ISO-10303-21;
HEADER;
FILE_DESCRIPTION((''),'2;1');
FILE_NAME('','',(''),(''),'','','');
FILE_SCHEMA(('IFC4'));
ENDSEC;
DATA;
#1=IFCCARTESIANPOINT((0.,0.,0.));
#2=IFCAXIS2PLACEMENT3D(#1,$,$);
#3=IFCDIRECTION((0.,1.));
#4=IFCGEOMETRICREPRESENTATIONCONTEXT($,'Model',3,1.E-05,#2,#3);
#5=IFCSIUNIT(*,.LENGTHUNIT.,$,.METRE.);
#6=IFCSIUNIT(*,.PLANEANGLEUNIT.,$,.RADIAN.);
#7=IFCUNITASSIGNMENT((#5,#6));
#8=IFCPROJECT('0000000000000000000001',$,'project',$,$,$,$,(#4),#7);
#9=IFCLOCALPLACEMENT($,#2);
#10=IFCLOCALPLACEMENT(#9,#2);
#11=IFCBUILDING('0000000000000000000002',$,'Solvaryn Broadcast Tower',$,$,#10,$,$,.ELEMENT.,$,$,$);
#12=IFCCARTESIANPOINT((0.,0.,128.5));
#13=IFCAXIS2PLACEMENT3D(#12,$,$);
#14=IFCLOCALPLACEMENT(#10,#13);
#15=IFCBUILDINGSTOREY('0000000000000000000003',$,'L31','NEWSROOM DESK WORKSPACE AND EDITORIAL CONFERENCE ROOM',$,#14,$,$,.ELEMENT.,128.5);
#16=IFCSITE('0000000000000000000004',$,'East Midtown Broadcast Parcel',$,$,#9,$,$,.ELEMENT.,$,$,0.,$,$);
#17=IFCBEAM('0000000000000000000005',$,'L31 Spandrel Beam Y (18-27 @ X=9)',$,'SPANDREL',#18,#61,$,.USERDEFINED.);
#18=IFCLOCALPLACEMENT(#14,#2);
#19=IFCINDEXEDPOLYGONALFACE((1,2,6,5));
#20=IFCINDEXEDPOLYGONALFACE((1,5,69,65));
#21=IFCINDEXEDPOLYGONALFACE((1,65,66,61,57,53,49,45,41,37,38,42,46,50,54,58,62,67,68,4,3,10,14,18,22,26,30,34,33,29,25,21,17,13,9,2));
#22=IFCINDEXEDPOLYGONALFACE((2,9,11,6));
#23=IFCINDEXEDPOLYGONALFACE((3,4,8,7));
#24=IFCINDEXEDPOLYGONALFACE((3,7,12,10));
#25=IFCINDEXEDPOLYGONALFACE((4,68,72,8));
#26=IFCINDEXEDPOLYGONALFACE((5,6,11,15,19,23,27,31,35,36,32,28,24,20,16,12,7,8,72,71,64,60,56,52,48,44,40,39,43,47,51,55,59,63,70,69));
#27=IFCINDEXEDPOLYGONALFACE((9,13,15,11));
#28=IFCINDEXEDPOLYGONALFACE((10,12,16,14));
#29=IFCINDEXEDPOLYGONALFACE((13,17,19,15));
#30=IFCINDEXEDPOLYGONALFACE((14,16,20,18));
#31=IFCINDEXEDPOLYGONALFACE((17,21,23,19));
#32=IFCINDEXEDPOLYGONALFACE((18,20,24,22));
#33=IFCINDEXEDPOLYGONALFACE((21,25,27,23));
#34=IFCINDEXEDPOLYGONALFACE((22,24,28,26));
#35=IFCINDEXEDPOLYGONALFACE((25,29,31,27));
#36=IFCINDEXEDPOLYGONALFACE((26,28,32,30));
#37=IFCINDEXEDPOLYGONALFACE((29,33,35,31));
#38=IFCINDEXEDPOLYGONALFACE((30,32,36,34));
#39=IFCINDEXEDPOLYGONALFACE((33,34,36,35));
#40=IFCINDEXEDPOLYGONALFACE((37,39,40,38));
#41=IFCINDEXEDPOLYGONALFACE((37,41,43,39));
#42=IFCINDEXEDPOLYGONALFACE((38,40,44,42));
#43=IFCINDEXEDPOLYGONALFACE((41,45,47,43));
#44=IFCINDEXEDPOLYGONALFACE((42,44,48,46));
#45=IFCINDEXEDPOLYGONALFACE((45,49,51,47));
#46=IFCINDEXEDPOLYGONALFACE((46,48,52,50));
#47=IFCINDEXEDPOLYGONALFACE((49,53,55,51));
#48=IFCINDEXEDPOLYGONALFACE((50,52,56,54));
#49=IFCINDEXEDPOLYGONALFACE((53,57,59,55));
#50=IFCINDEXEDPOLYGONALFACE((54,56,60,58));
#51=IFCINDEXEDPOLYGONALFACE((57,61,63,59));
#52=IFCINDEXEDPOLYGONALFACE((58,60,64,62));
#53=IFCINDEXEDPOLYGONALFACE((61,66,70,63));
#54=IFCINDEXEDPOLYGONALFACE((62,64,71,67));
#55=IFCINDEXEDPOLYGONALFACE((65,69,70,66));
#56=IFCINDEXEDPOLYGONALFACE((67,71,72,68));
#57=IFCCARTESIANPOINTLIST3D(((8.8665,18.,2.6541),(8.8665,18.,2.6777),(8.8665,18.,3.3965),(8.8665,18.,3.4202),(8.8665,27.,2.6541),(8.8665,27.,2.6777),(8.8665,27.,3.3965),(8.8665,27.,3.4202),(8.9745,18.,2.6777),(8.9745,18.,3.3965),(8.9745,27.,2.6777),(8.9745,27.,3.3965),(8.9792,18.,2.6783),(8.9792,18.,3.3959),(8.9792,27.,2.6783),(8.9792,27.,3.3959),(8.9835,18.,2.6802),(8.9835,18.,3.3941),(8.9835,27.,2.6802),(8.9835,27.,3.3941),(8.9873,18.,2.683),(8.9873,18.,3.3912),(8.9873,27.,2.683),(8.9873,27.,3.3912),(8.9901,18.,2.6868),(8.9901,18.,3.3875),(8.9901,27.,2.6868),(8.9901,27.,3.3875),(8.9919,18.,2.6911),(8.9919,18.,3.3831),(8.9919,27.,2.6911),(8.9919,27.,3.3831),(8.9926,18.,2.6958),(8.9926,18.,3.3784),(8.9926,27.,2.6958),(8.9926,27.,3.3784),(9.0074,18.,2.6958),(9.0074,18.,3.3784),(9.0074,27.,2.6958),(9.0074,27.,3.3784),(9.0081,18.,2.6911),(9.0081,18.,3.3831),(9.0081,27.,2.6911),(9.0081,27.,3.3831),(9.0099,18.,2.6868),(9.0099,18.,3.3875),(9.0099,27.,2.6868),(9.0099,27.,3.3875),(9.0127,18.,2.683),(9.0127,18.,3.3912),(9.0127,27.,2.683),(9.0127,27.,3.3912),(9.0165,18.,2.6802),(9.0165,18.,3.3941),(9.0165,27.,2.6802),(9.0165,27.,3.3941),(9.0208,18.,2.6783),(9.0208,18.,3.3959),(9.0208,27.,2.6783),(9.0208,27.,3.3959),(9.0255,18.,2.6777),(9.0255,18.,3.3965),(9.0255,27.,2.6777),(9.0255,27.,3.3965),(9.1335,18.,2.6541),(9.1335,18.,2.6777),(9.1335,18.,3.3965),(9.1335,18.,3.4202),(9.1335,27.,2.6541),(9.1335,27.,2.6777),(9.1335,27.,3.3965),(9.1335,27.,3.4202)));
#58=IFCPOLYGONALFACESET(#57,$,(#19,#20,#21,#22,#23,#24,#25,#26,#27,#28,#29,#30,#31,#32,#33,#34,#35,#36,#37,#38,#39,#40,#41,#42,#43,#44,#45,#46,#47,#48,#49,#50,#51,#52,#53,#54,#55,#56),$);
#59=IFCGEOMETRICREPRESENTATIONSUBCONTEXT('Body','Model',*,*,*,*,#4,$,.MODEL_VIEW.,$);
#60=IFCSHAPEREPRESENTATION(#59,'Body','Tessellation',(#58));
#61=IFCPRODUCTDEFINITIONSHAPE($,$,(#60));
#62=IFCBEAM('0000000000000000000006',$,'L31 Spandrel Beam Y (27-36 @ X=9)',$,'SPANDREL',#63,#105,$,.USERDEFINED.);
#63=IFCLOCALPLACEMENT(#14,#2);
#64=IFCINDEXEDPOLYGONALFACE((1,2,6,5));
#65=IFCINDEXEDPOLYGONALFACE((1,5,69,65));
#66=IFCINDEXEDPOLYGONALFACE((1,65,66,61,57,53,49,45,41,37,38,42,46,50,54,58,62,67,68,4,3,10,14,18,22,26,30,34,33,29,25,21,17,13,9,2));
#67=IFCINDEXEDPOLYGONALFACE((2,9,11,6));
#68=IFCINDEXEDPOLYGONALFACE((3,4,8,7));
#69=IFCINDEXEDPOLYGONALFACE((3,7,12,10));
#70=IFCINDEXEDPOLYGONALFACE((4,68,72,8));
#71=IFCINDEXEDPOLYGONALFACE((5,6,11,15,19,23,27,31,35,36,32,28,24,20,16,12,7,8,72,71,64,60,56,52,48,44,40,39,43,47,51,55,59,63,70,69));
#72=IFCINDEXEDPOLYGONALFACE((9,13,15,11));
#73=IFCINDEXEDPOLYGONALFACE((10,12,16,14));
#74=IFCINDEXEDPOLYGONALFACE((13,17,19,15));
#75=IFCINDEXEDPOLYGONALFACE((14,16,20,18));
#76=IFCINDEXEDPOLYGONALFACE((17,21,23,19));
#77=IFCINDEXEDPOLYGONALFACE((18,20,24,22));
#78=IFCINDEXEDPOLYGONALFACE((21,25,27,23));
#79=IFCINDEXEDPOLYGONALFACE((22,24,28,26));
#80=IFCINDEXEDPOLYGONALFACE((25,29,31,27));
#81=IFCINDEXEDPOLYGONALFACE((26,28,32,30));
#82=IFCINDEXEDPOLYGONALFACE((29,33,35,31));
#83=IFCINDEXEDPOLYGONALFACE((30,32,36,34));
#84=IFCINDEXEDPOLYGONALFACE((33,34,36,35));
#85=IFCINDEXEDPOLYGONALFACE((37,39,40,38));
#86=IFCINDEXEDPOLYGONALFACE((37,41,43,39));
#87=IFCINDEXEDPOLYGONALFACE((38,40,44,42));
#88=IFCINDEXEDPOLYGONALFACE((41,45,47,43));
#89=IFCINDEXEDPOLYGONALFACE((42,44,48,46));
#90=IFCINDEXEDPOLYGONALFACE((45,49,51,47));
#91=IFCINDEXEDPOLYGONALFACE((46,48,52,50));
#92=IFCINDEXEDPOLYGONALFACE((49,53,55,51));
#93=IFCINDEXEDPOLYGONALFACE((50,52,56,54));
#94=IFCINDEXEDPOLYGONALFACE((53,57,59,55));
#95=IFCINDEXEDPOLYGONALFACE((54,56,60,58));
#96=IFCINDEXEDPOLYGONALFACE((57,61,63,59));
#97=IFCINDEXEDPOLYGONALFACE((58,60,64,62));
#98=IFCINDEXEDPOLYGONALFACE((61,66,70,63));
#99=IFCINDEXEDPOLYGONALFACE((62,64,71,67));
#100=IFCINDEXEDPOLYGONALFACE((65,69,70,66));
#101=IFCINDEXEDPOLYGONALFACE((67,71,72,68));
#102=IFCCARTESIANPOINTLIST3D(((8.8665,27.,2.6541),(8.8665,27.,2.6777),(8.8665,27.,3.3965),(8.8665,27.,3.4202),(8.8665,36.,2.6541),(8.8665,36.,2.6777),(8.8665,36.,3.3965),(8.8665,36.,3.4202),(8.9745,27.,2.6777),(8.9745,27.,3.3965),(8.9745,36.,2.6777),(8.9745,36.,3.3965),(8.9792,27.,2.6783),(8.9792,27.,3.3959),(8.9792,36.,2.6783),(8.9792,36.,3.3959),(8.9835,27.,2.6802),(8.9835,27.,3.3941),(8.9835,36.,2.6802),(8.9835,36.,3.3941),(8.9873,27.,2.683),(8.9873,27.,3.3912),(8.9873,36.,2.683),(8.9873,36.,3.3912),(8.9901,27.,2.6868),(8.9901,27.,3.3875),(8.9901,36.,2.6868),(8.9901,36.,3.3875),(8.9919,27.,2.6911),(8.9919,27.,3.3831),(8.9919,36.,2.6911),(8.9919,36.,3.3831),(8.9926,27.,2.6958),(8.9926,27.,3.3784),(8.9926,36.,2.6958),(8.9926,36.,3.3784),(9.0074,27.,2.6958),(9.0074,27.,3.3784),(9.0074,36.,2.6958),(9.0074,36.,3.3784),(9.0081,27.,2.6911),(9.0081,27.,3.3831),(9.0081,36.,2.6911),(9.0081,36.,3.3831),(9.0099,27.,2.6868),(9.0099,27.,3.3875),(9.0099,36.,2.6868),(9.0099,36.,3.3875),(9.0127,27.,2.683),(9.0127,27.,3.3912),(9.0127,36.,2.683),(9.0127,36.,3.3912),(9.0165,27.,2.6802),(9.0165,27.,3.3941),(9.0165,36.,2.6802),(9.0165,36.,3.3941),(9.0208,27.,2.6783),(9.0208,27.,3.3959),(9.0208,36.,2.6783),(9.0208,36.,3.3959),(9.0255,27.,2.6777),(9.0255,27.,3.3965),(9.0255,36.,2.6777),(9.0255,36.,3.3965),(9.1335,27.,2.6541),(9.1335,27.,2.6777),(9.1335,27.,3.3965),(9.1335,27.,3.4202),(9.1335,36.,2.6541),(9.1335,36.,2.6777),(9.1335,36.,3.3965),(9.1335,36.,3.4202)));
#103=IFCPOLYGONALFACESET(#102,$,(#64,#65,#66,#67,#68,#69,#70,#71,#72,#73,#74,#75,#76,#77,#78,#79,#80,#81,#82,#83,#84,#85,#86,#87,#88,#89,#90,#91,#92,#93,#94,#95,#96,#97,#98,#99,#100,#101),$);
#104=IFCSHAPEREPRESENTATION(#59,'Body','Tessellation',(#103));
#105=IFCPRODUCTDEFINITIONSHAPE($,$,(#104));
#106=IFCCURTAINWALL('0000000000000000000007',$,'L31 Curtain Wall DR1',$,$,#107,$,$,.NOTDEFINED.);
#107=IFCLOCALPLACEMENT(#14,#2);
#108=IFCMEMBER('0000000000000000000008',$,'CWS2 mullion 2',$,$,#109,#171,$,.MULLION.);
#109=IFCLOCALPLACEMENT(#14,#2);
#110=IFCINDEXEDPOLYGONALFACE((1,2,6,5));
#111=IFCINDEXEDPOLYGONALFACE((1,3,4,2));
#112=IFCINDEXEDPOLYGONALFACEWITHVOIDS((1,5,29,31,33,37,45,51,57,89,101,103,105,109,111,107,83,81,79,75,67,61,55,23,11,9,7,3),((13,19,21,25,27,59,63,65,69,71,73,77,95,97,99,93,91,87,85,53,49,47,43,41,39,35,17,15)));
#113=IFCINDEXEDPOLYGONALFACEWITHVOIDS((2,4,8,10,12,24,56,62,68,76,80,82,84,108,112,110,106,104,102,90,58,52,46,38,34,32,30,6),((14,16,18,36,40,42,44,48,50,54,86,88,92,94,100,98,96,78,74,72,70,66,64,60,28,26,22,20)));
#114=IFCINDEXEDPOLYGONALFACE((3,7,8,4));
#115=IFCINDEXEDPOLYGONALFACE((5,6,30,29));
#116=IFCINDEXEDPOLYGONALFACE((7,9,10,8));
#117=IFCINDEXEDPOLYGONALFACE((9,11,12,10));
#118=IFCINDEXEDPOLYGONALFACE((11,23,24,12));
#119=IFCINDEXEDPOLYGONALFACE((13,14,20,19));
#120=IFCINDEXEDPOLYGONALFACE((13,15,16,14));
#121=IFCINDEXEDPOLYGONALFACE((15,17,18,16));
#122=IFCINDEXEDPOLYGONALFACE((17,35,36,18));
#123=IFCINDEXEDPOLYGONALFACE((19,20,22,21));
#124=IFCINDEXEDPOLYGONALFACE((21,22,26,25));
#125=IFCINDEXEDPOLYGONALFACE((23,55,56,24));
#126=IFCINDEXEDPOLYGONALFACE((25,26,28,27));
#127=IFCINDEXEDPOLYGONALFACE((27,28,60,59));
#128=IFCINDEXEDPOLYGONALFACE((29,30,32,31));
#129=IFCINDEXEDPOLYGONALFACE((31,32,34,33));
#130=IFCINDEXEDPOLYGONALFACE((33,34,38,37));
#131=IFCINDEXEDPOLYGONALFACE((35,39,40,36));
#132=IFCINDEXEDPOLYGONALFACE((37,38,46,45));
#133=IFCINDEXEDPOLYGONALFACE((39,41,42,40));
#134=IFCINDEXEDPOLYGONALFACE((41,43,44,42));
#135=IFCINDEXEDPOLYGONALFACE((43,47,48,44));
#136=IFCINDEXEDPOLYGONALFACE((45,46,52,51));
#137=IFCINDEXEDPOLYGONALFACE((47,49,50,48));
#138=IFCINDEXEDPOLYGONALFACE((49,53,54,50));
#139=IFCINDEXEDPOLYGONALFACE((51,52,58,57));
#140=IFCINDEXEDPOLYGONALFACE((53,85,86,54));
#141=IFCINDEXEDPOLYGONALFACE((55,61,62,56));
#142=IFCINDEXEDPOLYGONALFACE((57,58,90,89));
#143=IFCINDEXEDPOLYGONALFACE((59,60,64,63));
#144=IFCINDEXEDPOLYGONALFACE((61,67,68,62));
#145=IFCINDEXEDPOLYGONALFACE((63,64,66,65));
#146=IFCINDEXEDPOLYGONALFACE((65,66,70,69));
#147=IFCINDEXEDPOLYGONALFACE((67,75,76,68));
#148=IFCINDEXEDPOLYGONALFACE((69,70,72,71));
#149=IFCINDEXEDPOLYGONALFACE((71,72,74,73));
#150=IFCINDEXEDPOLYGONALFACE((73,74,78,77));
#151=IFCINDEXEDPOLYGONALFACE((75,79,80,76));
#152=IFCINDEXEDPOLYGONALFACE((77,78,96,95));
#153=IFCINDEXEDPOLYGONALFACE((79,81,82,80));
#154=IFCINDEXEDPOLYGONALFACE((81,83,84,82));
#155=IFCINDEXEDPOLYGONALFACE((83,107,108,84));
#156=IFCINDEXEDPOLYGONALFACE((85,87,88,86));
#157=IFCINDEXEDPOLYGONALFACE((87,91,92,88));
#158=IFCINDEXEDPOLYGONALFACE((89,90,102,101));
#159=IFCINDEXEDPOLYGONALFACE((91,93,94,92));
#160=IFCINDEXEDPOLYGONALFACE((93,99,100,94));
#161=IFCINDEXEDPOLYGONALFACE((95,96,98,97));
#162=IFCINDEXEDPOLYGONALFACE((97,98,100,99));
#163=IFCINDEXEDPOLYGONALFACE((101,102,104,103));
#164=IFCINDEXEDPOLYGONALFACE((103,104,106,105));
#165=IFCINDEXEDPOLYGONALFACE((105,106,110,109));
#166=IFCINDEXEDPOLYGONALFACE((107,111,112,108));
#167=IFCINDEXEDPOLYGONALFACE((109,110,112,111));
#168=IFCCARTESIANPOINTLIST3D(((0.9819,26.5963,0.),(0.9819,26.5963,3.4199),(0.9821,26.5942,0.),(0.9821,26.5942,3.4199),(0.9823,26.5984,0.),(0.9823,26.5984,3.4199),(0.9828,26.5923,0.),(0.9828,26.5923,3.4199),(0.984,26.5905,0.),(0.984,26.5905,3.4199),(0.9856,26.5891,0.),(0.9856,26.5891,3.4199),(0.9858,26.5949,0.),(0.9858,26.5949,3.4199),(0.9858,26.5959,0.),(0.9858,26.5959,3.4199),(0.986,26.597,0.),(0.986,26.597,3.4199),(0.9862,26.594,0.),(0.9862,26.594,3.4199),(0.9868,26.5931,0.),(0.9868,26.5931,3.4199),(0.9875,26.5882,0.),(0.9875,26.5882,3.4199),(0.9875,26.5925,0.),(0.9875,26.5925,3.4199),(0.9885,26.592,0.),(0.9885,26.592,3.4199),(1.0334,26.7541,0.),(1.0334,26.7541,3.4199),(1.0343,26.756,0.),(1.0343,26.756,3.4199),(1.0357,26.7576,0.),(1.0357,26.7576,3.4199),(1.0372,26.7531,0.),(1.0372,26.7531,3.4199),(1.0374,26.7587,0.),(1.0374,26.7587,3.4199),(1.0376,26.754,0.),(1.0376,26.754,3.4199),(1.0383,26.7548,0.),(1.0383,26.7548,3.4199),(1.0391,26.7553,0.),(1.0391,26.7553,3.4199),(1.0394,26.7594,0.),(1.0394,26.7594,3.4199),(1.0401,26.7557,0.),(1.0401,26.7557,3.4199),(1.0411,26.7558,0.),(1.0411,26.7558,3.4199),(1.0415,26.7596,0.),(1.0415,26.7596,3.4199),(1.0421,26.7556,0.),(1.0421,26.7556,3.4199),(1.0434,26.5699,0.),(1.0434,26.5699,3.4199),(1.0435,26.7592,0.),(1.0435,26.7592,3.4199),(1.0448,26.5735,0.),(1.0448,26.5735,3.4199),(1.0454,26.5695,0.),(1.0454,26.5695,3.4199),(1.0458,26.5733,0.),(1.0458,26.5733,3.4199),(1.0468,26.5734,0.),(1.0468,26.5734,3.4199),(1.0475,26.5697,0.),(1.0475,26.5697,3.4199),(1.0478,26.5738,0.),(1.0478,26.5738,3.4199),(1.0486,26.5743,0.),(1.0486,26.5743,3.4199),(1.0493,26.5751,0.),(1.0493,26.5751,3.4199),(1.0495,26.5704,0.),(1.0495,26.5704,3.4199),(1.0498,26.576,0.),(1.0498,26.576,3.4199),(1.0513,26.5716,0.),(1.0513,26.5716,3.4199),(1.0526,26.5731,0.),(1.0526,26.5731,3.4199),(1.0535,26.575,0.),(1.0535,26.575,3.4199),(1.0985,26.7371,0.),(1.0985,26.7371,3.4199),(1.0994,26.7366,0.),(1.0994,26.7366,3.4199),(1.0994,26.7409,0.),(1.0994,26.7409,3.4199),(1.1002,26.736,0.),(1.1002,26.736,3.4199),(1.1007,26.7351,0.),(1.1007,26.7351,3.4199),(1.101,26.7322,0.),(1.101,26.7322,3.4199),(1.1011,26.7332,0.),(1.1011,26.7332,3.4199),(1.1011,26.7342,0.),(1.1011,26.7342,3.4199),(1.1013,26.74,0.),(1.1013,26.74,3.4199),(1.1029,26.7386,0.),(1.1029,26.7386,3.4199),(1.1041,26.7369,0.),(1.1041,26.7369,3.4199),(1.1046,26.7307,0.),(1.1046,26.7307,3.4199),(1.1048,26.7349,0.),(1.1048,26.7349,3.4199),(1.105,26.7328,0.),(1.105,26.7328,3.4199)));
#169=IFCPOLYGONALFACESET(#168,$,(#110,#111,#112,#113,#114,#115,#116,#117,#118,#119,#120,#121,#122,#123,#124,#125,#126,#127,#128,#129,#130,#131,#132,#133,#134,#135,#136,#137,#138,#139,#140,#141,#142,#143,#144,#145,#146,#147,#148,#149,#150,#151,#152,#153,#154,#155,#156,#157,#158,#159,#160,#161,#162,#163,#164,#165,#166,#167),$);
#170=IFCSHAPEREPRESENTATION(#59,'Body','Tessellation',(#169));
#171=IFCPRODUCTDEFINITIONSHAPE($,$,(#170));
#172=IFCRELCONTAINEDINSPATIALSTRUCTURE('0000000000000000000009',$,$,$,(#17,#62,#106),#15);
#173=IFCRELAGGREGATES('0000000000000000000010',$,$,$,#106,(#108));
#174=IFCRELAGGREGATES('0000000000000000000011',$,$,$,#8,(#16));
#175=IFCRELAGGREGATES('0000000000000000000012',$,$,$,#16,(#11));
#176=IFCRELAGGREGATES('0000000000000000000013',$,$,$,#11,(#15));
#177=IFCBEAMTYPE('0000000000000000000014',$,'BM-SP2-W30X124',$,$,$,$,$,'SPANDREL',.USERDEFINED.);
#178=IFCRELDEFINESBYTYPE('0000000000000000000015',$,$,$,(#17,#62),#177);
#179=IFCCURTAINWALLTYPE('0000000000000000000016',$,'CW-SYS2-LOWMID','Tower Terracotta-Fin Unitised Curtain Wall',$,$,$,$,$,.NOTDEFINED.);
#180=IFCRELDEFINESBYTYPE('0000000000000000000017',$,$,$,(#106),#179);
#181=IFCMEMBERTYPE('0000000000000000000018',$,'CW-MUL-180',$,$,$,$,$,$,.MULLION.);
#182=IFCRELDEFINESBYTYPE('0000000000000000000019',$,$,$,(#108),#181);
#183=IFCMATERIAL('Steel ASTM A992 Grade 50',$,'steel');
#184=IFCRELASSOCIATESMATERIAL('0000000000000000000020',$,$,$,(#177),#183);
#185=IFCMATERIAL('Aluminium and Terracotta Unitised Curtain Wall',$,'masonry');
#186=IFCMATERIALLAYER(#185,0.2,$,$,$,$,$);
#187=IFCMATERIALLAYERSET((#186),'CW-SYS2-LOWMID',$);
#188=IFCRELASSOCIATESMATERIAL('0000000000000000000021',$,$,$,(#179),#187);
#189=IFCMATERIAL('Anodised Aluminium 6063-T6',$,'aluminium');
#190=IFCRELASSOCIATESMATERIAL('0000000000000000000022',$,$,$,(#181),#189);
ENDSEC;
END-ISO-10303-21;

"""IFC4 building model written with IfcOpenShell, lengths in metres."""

from ifc_helpers import new_model, si_unit, direction, frame, origin, origin_2d, place, context, subcontext, project, spatial, hollow_rectangle, i_section, extrude, material, layer, layer_set, material_profile, profile_set, type_object, element, aggregate, save


model = new_model("IFC4")

# Units and contexts
model_context = context("Model", 3, precision=1e-05, world=origin(), true_north=direction((0.0, 1.0)))
body_context = subcontext(model_context, "Body", "Model", "MODEL_VIEW")
ifc_project = project(units=[si_unit("LENGTHUNIT", "METRE"), si_unit("PLANEANGLEUNIT", "RADIAN")], contexts=[model_context])

# Site, building, storey
site_placement = place(None, origin())
site = spatial("IfcSite", under=ifc_project, at=site_placement, Name="East Midtown Broadcast Parcel", CompositionType="ELEMENT", RefElevation=0.0)
building_placement = place(site_placement, origin())
building = spatial("IfcBuilding", under=site, at=building_placement, Name="Solvaryn Broadcast Tower", CompositionType="ELEMENT")
storey_placement = place(building_placement, frame((0.0, 0.0, 128.5)))
storey = spatial("IfcBuildingStorey", under=building, at=storey_placement, Name="L31", Description="NEWSROOM DESK WORKSPACE AND EDITORIAL CONFERENCE ROOM", CompositionType="ELEMENT", Elevation=128.5)

# Beams
ifc_material_1 = material(Name="Steel ASTM A992 Grade 50", Category="steel")
ifc_material_profile_1 = material_profile(ifc_material_1, i_section(OverallWidth=0.2671, OverallDepth=0.7661, WebThickness=0.0149, FlangeThickness=0.0237, FilletRadius=0.0181, at=origin_2d()))
ifc_profile_set_1 = profile_set([ifc_material_profile_1], Name="Steel ASTM A992 Grade 50")
beam_type_1 = type_object("IfcBeamType", Name="BM-SP2-W30X124", ElementType="SPANDREL", PredefinedType="USERDEFINED", material=ifc_profile_set_1)
for number, where, z_axis, x_axis, name in (
    (1, (9.0, 18.0, 3.0371), (0.0, 1.0, 0.0), (-1.0, 0.0, 0.0), "L31 Spandrel Beam Y (18-27 @ X=9)"),
    (2, (9.0, 27.0, 3.0371), (0.0, 1.0, 0.0), (-1.0, 0.0, 0.0), "L31 Spandrel Beam Y (27-36 @ X=9)"),
):
    element("IfcBeam", number, at=place(storey_placement, frame(where, z_axis=z_axis, x_axis=x_axis)), inside=storey, type_object=beam_type_1, Name=name, ObjectType="SPANDREL", PredefinedType="USERDEFINED", context=body_context, shape_type="SweptSolid", body=[
        extrude(i_section(OverallWidth=0.2671, OverallDepth=0.7661, WebThickness=0.0149, FlangeThickness=0.0237, FilletRadius=0.0181, at=origin_2d()), origin(), (0.0, 0.0, 1.0), 9.0),
    ])

# Curtain wall, member
ifc_material_2 = material(Name="Aluminium and Terracotta Unitised Curtain Wall", Category="masonry")
ifc_layer_1 = layer(ifc_material_2, 0.2)
ifc_layer_set_1 = layer_set([ifc_layer_1], Name="CW-SYS2-LOWMID")
curtain_wall_type_1 = type_object("IfcCurtainWallType", Name="CW-SYS2-LOWMID", Description="Tower Terracotta-Fin Unitised Curtain Wall", PredefinedType="NOTDEFINED", material=ifc_layer_set_1)
curtain_wall_1_placement = place(storey_placement, origin())
curtain_wall_1 = element("IfcCurtainWall", 3, at=curtain_wall_1_placement, inside=storey, type_object=curtain_wall_type_1, Name="L31 Curtain Wall DR1", PredefinedType="NOTDEFINED")
ifc_material_3 = material(Name="Anodised Aluminium 6063-T6", Category="aluminium")
ifc_material_profile_2 = material_profile(ifc_material_3, hollow_rectangle(XDim=0.075, YDim=0.1799, WallThickness=0.0039, InnerFilletRadius=0.0039, OuterFilletRadius=0.0081, at=origin_2d()))
ifc_profile_set_2 = profile_set([ifc_material_profile_2], Name="Anodised Aluminium 6063-T6")
member_type_1 = type_object("IfcMemberType", Name="CW-MUL-180", PredefinedType="MULLION", material=ifc_profile_set_2)
member_1_placement = place(storey_placement, frame((1.0435, 26.6646, 0.0), z_axis=(0.0, 0.0, 1.0), x_axis=(0.950198, -0.311646, 0.0)))
member_1 = element("IfcMember", 4, at=member_1_placement, type_object=member_type_1, Name="CWS2 mullion 2", PredefinedType="MULLION", context=body_context, shape_type="SweptSolid", body=[
    extrude(hollow_rectangle(XDim=0.075, YDim=0.1799, WallThickness=0.0039, InnerFilletRadius=0.0039, OuterFilletRadius=0.0081, at=origin_2d()), origin(), (0.0, 0.0, 1.0), 3.4199),
])
aggregate(curtain_wall_1, [member_1])

save(model, "model.ifc")
